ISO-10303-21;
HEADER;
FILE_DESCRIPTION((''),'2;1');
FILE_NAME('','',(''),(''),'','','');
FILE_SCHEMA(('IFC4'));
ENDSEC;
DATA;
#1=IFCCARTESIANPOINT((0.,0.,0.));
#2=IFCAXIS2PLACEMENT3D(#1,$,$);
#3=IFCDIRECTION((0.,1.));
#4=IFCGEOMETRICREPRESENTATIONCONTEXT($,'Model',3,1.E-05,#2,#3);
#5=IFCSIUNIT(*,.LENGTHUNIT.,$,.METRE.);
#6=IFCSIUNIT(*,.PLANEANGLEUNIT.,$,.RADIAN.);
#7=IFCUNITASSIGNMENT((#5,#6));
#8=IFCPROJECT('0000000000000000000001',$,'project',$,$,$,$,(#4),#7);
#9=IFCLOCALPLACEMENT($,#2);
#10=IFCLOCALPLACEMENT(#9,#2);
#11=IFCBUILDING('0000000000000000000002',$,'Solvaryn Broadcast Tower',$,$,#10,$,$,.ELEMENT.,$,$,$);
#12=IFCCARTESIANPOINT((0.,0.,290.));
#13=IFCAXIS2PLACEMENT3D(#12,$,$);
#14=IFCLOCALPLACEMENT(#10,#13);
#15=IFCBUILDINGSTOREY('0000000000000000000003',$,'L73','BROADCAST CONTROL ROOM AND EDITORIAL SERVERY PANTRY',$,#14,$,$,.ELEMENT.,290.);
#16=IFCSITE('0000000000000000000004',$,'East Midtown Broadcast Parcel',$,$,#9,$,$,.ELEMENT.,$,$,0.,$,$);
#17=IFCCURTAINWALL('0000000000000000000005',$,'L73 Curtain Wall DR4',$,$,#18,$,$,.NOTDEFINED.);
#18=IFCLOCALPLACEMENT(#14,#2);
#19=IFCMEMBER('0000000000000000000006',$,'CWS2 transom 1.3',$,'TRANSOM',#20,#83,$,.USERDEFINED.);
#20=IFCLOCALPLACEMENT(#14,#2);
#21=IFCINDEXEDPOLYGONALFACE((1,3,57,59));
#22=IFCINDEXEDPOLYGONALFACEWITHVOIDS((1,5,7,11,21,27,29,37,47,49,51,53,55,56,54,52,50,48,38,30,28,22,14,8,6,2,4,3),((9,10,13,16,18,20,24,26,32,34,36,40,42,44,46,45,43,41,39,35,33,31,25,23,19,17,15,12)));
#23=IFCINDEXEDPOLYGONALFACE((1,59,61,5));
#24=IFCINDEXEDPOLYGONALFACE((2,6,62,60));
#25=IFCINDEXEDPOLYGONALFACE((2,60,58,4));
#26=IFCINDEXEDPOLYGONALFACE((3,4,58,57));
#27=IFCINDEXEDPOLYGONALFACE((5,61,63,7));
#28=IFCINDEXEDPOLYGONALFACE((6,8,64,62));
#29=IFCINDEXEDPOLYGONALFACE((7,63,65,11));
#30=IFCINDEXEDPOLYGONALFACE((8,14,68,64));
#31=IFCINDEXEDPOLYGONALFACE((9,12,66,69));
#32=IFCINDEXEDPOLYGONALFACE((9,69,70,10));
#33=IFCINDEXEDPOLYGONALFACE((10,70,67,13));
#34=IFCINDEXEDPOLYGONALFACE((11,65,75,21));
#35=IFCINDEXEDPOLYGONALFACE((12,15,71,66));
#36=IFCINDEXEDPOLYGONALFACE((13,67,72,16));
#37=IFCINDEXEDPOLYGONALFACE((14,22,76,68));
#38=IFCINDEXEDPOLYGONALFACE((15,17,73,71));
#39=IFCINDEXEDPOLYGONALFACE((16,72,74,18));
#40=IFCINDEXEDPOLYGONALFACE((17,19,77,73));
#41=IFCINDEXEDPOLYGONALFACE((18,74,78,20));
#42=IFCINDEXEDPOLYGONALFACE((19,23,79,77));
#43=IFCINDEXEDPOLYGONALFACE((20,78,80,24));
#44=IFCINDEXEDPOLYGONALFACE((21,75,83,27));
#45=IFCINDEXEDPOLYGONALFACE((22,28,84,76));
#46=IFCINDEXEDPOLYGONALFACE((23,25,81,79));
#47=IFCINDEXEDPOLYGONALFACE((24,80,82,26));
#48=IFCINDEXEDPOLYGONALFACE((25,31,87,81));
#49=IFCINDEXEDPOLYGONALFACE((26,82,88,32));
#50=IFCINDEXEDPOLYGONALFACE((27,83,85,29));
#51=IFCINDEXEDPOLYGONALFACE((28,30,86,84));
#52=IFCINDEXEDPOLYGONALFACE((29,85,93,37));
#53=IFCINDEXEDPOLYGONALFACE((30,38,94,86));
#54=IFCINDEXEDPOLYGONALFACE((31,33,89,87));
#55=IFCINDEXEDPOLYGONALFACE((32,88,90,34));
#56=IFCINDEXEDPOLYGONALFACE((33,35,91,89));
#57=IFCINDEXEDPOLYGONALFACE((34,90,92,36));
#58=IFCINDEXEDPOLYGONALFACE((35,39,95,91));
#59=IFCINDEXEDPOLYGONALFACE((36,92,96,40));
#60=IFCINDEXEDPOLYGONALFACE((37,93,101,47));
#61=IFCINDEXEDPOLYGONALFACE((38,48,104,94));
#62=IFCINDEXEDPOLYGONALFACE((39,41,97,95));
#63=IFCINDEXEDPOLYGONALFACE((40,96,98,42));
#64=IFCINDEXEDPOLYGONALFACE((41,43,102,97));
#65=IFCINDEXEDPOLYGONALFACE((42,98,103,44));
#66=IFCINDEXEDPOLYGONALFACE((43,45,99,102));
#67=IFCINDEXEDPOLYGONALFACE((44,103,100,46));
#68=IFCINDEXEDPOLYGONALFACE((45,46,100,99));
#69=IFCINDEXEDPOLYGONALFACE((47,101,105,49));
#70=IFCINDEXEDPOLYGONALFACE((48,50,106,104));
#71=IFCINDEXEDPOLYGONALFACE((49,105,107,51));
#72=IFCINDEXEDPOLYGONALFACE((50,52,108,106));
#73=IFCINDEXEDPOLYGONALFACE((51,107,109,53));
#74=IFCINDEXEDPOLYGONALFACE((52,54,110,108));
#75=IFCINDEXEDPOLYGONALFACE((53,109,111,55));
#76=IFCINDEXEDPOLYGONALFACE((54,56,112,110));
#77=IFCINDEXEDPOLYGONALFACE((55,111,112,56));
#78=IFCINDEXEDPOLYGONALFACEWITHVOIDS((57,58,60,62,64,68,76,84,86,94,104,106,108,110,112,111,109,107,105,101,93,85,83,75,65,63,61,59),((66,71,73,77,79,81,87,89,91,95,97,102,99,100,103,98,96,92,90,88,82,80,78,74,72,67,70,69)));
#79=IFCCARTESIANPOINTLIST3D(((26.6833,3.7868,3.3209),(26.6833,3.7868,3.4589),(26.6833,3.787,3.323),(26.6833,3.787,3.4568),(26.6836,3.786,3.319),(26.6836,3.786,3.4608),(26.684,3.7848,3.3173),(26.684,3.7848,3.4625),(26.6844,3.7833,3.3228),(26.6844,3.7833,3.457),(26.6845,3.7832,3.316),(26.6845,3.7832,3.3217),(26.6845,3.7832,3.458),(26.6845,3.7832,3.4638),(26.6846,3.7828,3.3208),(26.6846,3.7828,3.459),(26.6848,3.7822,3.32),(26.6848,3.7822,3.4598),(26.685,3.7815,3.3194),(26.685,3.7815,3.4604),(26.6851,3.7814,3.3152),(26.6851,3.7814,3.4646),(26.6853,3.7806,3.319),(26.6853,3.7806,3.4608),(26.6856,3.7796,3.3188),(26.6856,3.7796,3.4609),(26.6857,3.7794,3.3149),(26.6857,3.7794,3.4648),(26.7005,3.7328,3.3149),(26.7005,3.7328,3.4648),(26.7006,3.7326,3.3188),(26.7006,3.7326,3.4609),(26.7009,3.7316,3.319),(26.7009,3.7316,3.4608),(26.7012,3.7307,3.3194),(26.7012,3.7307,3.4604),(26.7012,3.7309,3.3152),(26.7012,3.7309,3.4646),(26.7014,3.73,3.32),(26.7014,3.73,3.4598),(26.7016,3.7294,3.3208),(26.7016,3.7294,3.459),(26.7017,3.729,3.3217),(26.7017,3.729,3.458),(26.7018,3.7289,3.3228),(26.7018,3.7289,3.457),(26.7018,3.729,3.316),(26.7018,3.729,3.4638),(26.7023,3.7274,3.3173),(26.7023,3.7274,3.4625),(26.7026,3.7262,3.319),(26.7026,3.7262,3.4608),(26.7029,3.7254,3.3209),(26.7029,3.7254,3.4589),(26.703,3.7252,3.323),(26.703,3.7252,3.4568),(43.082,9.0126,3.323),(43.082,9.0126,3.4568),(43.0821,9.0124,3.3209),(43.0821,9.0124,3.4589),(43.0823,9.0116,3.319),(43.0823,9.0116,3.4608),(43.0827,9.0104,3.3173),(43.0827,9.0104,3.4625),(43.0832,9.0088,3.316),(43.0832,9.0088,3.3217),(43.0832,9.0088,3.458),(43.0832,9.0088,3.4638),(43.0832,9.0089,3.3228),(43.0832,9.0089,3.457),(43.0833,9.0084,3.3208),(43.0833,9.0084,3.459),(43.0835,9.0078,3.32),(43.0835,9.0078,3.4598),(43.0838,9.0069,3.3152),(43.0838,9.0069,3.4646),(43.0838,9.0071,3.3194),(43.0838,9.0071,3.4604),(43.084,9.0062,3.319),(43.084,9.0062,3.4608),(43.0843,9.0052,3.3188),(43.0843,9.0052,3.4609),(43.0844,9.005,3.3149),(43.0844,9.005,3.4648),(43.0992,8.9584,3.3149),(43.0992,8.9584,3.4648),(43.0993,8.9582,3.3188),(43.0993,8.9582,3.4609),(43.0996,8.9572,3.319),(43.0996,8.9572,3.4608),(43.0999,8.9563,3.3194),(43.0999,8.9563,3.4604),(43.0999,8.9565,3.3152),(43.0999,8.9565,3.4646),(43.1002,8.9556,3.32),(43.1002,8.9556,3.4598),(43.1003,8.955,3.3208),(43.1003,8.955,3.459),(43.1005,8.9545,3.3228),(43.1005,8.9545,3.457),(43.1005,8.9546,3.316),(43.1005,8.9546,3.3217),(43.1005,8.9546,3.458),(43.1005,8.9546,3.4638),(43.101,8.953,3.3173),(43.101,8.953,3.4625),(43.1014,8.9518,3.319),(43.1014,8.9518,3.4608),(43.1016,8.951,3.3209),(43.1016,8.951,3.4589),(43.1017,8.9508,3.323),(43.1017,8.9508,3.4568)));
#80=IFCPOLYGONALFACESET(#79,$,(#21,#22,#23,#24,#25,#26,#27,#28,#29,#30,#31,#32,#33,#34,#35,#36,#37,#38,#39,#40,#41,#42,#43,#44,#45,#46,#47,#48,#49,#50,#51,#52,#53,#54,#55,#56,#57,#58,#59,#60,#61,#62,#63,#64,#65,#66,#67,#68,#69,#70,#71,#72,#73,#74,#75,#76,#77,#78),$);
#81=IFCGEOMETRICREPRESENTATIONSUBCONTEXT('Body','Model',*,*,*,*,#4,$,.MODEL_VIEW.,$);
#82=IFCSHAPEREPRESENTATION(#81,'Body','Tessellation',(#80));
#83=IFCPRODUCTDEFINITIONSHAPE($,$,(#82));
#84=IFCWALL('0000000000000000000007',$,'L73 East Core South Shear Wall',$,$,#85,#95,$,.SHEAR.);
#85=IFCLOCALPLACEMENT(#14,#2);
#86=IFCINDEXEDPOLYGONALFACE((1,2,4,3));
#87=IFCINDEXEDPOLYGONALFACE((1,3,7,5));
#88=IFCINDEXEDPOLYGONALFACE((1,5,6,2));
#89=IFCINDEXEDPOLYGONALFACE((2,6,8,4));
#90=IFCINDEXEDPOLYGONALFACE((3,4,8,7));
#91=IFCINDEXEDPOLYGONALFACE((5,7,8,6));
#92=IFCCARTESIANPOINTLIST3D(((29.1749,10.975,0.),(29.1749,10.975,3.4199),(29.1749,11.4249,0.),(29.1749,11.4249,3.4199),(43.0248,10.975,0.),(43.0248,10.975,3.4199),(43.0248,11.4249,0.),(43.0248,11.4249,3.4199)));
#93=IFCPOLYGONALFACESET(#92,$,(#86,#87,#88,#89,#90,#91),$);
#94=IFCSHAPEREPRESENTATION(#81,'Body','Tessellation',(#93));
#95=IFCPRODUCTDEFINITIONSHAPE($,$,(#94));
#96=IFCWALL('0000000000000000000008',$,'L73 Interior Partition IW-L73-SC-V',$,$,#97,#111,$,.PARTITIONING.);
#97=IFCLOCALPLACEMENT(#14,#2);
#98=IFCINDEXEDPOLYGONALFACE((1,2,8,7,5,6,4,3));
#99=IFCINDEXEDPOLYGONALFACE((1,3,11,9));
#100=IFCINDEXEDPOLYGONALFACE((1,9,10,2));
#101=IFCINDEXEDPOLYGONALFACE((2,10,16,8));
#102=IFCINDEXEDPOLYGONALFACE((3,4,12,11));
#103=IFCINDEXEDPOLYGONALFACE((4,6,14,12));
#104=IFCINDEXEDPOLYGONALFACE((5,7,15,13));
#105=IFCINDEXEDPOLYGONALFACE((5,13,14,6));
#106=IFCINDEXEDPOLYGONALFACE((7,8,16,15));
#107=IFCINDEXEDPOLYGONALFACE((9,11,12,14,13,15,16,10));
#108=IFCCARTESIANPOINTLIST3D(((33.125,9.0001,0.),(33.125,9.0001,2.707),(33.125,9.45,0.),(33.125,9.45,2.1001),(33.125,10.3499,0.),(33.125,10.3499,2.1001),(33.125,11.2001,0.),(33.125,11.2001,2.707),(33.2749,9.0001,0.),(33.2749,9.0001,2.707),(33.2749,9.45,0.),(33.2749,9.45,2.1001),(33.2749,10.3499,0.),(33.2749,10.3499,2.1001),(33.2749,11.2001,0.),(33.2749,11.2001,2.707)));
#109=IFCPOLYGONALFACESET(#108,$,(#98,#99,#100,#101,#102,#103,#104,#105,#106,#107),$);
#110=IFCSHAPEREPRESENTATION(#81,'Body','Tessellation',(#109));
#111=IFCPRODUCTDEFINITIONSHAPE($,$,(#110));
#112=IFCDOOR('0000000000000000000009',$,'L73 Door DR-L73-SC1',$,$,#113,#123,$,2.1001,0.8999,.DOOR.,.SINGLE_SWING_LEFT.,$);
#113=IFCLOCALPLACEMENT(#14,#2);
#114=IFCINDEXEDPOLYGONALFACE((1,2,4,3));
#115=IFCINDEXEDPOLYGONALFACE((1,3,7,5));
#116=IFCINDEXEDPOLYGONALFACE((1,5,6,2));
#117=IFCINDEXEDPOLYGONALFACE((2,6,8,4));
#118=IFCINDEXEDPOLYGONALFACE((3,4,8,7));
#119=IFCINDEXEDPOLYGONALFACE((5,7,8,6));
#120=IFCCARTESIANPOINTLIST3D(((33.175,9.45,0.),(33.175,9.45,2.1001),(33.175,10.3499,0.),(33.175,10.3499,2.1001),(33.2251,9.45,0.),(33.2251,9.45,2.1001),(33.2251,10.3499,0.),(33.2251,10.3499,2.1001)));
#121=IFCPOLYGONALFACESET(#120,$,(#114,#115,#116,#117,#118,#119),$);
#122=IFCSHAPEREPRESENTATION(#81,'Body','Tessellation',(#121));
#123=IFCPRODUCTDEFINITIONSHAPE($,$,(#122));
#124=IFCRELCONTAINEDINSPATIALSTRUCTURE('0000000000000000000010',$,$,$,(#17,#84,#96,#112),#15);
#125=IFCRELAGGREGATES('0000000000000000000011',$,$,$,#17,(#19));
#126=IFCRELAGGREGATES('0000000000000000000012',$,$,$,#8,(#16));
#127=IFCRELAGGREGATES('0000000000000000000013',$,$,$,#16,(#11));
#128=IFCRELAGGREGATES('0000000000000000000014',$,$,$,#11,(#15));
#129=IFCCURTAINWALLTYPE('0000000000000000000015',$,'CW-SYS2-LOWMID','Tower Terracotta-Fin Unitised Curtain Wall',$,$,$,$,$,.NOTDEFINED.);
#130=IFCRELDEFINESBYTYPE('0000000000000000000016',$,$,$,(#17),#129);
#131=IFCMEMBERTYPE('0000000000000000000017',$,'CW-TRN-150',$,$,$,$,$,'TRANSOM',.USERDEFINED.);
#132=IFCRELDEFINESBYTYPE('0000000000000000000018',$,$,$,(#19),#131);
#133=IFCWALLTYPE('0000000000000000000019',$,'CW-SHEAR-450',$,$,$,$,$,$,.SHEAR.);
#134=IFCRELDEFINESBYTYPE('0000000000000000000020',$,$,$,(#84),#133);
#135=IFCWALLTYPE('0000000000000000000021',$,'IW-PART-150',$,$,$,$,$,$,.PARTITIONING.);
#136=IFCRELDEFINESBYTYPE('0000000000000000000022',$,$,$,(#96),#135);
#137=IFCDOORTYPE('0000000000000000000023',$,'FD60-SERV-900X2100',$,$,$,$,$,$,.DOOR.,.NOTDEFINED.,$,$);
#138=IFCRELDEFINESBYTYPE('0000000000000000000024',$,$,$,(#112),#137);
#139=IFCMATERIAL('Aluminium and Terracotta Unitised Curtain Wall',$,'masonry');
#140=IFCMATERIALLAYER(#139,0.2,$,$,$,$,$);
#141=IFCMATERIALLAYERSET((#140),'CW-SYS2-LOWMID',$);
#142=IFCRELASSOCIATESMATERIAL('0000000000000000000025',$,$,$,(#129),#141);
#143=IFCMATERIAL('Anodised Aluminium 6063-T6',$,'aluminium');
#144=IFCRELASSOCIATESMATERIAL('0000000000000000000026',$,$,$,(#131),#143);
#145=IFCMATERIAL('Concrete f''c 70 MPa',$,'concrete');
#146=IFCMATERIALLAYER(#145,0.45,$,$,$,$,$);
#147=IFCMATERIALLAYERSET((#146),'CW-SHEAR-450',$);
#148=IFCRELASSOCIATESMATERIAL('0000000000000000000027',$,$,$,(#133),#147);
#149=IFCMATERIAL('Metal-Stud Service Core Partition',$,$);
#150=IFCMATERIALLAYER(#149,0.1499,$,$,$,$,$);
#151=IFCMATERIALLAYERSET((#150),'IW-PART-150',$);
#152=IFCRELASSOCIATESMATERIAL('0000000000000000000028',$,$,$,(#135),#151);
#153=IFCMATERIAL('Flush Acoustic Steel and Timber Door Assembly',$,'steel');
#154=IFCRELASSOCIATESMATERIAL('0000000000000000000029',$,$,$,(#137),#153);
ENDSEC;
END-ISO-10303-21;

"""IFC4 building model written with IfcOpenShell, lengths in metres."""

from ifc_helpers import new_model, si_unit, direction, frame, frame_2d, origin, origin_2d, place, context, subcontext, project, spatial, rectangle, hollow_rectangle, extrude, material, layer, layer_set, material_profile, profile_set, type_object, element, fill, aggregate, save


model = new_model("IFC4")

# Units and contexts
model_context = context("Model", 3, precision=1e-05, world=origin(), true_north=direction((0.0, 1.0)))
body_context = subcontext(model_context, "Body", "Model", "MODEL_VIEW")
ifc_project = project(units=[si_unit("LENGTHUNIT", "METRE"), si_unit("PLANEANGLEUNIT", "RADIAN")], contexts=[model_context])

# Site, building, storey
site_placement = place(None, origin())
site = spatial("IfcSite", under=ifc_project, at=site_placement, Name="East Midtown Broadcast Parcel", CompositionType="ELEMENT", RefElevation=0.0)
building_placement = place(site_placement, origin())
building = spatial("IfcBuilding", under=site, at=building_placement, Name="Solvaryn Broadcast Tower", CompositionType="ELEMENT")
storey_placement = place(building_placement, frame((0.0, 0.0, 290.0)))
storey = spatial("IfcBuildingStorey", under=building, at=storey_placement, Name="L73", Description="BROADCAST CONTROL ROOM AND EDITORIAL SERVERY PANTRY", CompositionType="ELEMENT", Elevation=290.0)

# Shared definitions
ifc_material_1 = material(Name="Aluminium and Terracotta Unitised Curtain Wall", Category="masonry")
ifc_layer_1 = layer(ifc_material_1, 0.2)
ifc_layer_set_1 = layer_set([ifc_layer_1], Name="CW-SYS2-LOWMID")
curtain_wall_type = type_object("IfcCurtainWallType", Name="CW-SYS2-LOWMID", Description="Tower Terracotta-Fin Unitised Curtain Wall", PredefinedType="NOTDEFINED", material=ifc_layer_set_1)

# Curtain wall, member
curtain_wall_1_placement = place(storey_placement, origin())
curtain_wall_1 = element("IfcCurtainWall", 1, at=curtain_wall_1_placement, inside=storey, type_object=curtain_wall_type, Name="L73 Curtain Wall DR4", PredefinedType="NOTDEFINED")
ifc_material_2 = material(Name="Anodised Aluminium 6063-T6", Category="aluminium")
ifc_material_profile_1 = material_profile(ifc_material_2, hollow_rectangle(XDim=0.0649, YDim=0.1499, WallThickness=0.0039, InnerFilletRadius=0.0039, OuterFilletRadius=0.0081, at=origin_2d()))
ifc_profile_set_1 = profile_set([ifc_material_profile_1], Name="Anodised Aluminium 6063-T6")
member_type_1 = type_object("IfcMemberType", Name="CW-TRN-150", ElementType="TRANSOM", PredefinedType="USERDEFINED", material=ifc_profile_set_1)
member_1_placement = place(storey_placement, frame((26.6931, 3.7561, 3.3899), z_axis=(0.952794, 0.303616, 0.0), x_axis=(-0.303616, 0.952794, 0.0)))
member_1 = element("IfcMember", 2, at=member_1_placement, type_object=member_type_1, Name="CWS2 transom 1.3", ObjectType="TRANSOM", PredefinedType="USERDEFINED", context=body_context, shape_type="SweptSolid", body=[
    extrude(hollow_rectangle(XDim=0.0649, YDim=0.1499, WallThickness=0.0039, InnerFilletRadius=0.0039, OuterFilletRadius=0.0081, at=origin_2d()), origin(), (0.0, 0.0, 1.0), 17.2112),
])
aggregate(curtain_wall_1, [member_1])

# Wall
ifc_material_3 = material(Name="Concrete f'c 70 MPa", Category="concrete")
ifc_layer_2 = layer(ifc_material_3, 0.45)
ifc_layer_set_2 = layer_set([ifc_layer_2], Name="CW-SHEAR-450")
wall_type_1 = type_object("IfcWallType", Name="CW-SHEAR-450", PredefinedType="SHEAR", material=ifc_layer_set_2)
wall_1_placement = place(storey_placement, frame((29.175, 11.2, 0.0), z_axis=(0.0, 0.0, 1.0), x_axis=(1.0, 0.0, 0.0)))
element("IfcWall", 3, at=wall_1_placement, inside=storey, type_object=wall_type_1, Name="L73 East Core South Shear Wall", PredefinedType="SHEAR", context=body_context, shape_type="SweptSolid", body=[
    extrude(rectangle(XDim=13.8499, YDim=0.45, at=frame_2d((6.9248, 0.0))), origin(), (0.0, 0.0, 1.0), 3.4199),
])

# Wall, opening, door
ifc_material_4 = material(Name="Metal-Stud Service Core Partition")
ifc_layer_3 = layer(ifc_material_4, 0.1499)
ifc_layer_set_3 = layer_set([ifc_layer_3], Name="IW-PART-150")
wall_type_2 = type_object("IfcWallType", Name="IW-PART-150", PredefinedType="PARTITIONING", material=ifc_layer_set_3)
wall_2_placement = place(storey_placement, frame((33.2, 9.0, 0.0), z_axis=(0.0, 0.0, 1.0), x_axis=(0.0, 1.0, 0.0)))
wall_2 = element("IfcWall", 4, at=wall_2_placement, inside=storey, type_object=wall_type_2, Name="L73 Interior Partition IW-L73-SC-V", PredefinedType="PARTITIONING", context=body_context, shape_type="SweptSolid", body=[
    extrude(rectangle(XDim=2.2, YDim=0.1499, at=frame_2d((1.1001, 0.0))), origin(), (0.0, 0.0, 1.0), 2.707),
])
opening_1_placement = place(wall_2_placement, frame((0.45, 0.0, 0.0)))
opening_1 = element("IfcOpeningElement", 5, at=opening_1_placement, cuts=wall_2, PredefinedType="OPENING", context=body_context, shape_type="SweptSolid", body=[
    extrude(rectangle(XDim=0.8999, YDim=2.1001, at=frame_2d((0.45, 1.05))), frame((0.0, 0.085, 0.0), z_axis=(0.0, -1.0, 0.0), x_axis=(1.0, 0.0, 0.0)), (0.0, 0.0, 1.0), 0.1699),
])
ifc_material_5 = material(Name="Flush Acoustic Steel and Timber Door Assembly", Category="steel")
door_type_1 = type_object("IfcDoorType", Name="FD60-SERV-900X2100", OperationType="NOTDEFINED", PredefinedType="DOOR", material=ifc_material_5)
door_1_placement = place(opening_1_placement, origin())
door_1 = element("IfcDoor", 6, at=door_1_placement, inside=storey, type_object=door_type_1, Name="L73 Door DR-L73-SC1", OperationType="SINGLE_SWING_LEFT", OverallHeight=2.1001, OverallWidth=0.8999, PredefinedType="DOOR", context=body_context, shape_type="SweptSolid", body=[
    extrude(rectangle(XDim=0.8999, YDim=2.1001, at=frame_2d((0.45, 1.05))), frame((0.0, 0.0249, 0.0), z_axis=(0.0, -1.0, 0.0), x_axis=(1.0, 0.0, 0.0)), (0.0, 0.0, 1.0), 0.05),
])
fill(opening_1, door_1)

save(model, "model.ifc")
